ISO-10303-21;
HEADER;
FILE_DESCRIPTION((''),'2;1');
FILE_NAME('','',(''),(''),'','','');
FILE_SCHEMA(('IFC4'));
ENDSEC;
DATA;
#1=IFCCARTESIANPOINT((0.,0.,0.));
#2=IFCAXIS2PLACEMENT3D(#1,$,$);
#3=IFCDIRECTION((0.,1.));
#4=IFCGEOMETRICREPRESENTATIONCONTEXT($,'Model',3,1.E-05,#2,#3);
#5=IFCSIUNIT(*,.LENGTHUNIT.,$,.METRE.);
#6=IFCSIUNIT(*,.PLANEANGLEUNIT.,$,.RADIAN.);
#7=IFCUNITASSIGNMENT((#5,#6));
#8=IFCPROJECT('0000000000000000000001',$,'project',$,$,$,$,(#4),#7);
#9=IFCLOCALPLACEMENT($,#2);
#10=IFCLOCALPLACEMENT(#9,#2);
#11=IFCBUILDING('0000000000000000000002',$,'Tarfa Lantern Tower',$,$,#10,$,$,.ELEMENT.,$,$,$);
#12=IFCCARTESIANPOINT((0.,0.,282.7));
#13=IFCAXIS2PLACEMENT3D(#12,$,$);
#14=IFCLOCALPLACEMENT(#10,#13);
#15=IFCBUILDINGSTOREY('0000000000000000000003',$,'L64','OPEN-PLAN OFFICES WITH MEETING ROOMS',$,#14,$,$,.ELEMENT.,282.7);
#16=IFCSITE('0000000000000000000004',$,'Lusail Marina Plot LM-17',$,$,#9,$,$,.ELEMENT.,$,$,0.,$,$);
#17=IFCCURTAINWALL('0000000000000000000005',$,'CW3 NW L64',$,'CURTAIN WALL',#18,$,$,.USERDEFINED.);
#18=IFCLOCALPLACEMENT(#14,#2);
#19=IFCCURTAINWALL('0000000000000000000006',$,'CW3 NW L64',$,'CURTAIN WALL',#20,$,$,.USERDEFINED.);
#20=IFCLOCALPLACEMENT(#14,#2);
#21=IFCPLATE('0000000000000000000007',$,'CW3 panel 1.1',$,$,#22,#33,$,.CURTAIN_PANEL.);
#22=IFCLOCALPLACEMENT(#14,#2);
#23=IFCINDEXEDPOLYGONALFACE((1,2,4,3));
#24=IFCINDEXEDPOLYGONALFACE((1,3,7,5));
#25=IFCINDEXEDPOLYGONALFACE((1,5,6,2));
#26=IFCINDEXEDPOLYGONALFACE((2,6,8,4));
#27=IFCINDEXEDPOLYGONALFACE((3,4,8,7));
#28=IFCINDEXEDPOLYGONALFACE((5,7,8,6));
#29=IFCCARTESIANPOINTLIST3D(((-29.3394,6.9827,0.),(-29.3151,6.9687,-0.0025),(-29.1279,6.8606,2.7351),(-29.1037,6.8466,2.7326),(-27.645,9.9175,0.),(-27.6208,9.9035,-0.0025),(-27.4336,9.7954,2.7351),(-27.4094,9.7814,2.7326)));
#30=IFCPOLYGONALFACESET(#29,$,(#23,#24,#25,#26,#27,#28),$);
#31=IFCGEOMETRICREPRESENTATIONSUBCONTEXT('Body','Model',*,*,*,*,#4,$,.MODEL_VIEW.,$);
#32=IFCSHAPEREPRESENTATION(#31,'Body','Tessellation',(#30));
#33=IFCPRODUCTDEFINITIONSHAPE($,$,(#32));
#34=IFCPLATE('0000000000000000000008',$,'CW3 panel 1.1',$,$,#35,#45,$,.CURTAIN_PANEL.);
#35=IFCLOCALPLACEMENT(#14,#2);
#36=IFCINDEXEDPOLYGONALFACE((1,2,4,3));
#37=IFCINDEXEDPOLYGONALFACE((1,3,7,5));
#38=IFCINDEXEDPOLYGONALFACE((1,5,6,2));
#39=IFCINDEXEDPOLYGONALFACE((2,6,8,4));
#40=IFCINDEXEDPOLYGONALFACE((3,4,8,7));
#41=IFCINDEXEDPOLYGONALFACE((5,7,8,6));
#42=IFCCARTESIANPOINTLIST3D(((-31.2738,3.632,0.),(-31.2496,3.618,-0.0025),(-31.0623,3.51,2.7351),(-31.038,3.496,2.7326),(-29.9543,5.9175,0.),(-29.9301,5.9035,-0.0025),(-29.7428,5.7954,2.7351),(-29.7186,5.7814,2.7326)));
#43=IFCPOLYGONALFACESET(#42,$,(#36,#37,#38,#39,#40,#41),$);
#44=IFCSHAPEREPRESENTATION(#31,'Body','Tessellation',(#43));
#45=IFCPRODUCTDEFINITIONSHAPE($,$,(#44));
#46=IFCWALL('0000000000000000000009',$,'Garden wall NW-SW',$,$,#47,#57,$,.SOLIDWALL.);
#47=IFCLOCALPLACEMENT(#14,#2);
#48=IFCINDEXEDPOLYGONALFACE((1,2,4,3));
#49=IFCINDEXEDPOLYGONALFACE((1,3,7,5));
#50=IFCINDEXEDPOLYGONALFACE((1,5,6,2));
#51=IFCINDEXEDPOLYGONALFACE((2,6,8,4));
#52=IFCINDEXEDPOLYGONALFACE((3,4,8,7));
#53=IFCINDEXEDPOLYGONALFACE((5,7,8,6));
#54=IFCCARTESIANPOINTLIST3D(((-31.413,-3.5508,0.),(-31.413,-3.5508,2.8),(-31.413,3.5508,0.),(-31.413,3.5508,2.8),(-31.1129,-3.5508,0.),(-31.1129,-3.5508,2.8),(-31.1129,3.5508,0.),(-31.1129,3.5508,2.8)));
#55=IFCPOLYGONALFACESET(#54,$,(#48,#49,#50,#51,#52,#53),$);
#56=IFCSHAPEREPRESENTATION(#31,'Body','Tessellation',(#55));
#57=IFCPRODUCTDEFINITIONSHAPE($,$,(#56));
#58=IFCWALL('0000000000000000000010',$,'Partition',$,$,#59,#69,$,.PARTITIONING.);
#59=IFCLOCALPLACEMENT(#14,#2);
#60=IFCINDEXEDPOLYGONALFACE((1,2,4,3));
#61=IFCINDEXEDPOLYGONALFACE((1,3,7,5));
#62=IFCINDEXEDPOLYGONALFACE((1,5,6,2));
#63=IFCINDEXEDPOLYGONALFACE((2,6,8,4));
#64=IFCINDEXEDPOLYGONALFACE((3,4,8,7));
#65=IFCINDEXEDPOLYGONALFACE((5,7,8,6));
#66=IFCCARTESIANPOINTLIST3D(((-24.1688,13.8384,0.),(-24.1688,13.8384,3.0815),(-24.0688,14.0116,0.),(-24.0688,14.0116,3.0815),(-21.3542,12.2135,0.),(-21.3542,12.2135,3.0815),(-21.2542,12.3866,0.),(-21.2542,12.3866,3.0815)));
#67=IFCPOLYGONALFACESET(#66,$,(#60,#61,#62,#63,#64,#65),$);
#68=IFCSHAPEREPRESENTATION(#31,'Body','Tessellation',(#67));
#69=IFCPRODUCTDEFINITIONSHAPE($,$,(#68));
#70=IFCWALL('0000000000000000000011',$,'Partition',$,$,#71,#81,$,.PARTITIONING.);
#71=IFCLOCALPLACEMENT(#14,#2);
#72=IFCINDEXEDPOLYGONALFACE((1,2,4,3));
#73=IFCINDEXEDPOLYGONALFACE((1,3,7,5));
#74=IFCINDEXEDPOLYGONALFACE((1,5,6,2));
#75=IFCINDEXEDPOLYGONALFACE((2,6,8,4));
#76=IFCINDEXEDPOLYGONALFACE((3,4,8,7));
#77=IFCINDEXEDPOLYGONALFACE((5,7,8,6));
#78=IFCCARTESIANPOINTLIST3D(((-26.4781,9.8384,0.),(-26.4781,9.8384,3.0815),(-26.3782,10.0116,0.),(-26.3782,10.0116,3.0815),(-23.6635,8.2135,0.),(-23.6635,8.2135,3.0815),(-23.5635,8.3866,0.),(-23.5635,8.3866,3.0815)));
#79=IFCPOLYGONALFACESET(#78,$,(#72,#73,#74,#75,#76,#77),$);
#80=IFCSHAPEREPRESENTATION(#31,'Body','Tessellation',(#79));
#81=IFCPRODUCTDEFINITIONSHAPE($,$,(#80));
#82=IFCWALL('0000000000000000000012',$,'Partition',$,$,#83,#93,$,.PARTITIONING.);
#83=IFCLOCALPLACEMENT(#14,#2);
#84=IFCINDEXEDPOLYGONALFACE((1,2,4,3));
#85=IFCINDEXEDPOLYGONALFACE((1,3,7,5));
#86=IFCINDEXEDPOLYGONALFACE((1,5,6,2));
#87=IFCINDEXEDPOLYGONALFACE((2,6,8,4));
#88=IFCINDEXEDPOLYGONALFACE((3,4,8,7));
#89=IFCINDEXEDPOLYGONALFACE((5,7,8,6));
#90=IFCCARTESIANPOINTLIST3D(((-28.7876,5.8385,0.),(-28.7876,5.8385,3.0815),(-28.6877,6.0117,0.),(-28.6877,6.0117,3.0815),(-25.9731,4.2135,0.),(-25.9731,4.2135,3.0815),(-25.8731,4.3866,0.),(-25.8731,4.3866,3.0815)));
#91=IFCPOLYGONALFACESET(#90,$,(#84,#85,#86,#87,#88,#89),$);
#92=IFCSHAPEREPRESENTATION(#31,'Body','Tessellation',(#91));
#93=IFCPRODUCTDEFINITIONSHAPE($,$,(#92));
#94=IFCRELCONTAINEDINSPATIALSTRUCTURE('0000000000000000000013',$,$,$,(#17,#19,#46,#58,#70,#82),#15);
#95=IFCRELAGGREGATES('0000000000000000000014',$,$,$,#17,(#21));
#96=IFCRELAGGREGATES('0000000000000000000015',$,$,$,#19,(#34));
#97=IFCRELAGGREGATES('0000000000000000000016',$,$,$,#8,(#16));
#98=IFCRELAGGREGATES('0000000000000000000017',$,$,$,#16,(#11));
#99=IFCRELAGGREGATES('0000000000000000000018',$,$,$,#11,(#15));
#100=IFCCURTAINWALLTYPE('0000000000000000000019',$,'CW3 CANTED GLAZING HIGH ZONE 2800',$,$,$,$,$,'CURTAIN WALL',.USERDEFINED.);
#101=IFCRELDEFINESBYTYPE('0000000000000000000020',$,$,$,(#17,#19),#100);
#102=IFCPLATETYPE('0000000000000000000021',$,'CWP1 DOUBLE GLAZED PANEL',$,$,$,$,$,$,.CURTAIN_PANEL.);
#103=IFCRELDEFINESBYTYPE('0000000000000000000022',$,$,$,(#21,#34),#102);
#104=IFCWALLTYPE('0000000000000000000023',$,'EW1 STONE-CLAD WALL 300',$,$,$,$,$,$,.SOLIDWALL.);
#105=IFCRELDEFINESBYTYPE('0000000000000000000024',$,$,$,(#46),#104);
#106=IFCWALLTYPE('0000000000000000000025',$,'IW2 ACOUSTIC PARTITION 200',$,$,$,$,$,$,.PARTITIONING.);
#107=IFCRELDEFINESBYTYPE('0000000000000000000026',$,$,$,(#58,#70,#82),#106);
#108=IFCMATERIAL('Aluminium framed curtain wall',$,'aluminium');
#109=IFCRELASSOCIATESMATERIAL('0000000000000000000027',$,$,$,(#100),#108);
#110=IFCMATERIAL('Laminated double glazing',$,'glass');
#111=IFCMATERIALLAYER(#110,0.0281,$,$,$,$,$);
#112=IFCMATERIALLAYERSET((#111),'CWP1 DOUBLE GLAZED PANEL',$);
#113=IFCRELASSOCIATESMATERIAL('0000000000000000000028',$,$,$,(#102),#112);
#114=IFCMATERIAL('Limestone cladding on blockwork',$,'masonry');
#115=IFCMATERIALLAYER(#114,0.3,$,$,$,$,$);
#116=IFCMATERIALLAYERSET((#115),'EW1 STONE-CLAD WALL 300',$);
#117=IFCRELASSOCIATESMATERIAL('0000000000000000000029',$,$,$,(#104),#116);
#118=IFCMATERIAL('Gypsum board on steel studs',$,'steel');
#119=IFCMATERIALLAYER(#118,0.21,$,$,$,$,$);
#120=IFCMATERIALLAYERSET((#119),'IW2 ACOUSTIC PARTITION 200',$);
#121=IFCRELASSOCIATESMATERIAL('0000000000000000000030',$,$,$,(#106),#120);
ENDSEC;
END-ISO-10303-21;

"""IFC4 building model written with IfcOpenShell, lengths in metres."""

from ifc_helpers import new_model, si_unit, direction, frame, frame_2d, origin, place, context, subcontext, project, spatial, polyline, rectangle, outline, extrude, material, layer, layer_set, type_object, element, aggregate, save


model = new_model("IFC4")

# Units and contexts
model_context = context("Model", 3, precision=1e-05, world=origin(), true_north=direction((0.0, 1.0)))
body_context = subcontext(model_context, "Body", "Model", "MODEL_VIEW")
ifc_project = project(units=[si_unit("LENGTHUNIT", "METRE"), si_unit("PLANEANGLEUNIT", "RADIAN")], contexts=[model_context])

# Site, building, storey
site_placement = place(None, origin())
site = spatial("IfcSite", under=ifc_project, at=site_placement, Name="Lusail Marina Plot LM-17", CompositionType="ELEMENT", RefElevation=0.0)
building_placement = place(site_placement, origin())
building = spatial("IfcBuilding", under=site, at=building_placement, Name="Tarfa Lantern Tower", CompositionType="ELEMENT")
storey_placement = place(building_placement, frame((0.0, 0.0, 282.7)))
storey = spatial("IfcBuildingStorey", under=building, at=storey_placement, Name="L64", Description="OPEN-PLAN OFFICES WITH MEETING ROOMS", CompositionType="ELEMENT", Elevation=282.7)

# Shared definitions
ifc_material_1 = material(Name="Aluminium framed curtain wall", Category="aluminium")
curtain_wall_type = type_object("IfcCurtainWallType", Name="CW3 CANTED GLAZING HIGH ZONE 2800", ElementType="CURTAIN WALL", PredefinedType="USERDEFINED", material=ifc_material_1)

# Curtain walls
curtain_wall_1_placement = place(storey_placement, origin())
curtain_wall_1 = element("IfcCurtainWall", 1, at=curtain_wall_1_placement, inside=storey, type_object=curtain_wall_type, Name="CW3 NW L64", ObjectType="CURTAIN WALL", PredefinedType="USERDEFINED")
curtain_wall_2_placement = place(storey_placement, origin())
curtain_wall_2 = element("IfcCurtainWall", 2, at=curtain_wall_2_placement, inside=storey, type_object=curtain_wall_type, Name="CW3 NW L64", ObjectType="CURTAIN WALL", PredefinedType="USERDEFINED")

# Plates
ifc_material_2 = material(Name="Laminated double glazing", Category="glass")
ifc_layer_1 = layer(ifc_material_2, 0.0281)
ifc_layer_set_1 = layer_set([ifc_layer_1], Name="CWP1 DOUBLE GLAZED PANEL")
plate_type = type_object("IfcPlateType", Name="CWP1 DOUBLE GLAZED PANEL", PredefinedType="CURTAIN_PANEL", material=ifc_layer_set_1)
plate_1_placement = place(storey_placement, frame((-27.645, 9.9175, 0.0), z_axis=(-0.862606, 0.498002, 0.088906), x_axis=(-0.499982, -0.866036, 0.0)))
plate_1 = element("IfcPlate", 3, at=plate_1_placement, type_object=plate_type, Name="CW3 panel 1.1", PredefinedType="CURTAIN_PANEL", context=body_context, shape_type="SweptSolid", body=[
    extrude(outline(polyline([(0.0, 0.0), (3.3888, 0.0), (3.3888, 2.746), (0.0, 2.746), (0.0, 0.0)])), origin(), (0.0, 0.0, -1.0), 0.0281),
])
aggregate(curtain_wall_1, [plate_1])
plate_2_placement = place(storey_placement, frame((-29.9543, 5.9175, 0.0), z_axis=(-0.862596, 0.498013, 0.088945), x_axis=(-0.499995, -0.866028, -0.000004)))
plate_2 = element("IfcPlate", 4, at=plate_2_placement, type_object=plate_type, Name="CW3 panel 1.1", PredefinedType="CURTAIN_PANEL", context=body_context, shape_type="SweptSolid", body=[
    extrude(outline(polyline([(0.0, 0.0), (2.639, 0.0), (2.6389, 2.746), (0.0, 2.746), (0.0, 0.0)])), origin(), (0.0, 0.0, -1.0), 0.0281),
])
aggregate(curtain_wall_2, [plate_2])

# Walls
ifc_material_3 = material(Name="Limestone cladding on blockwork", Category="masonry")
ifc_layer_2 = layer(ifc_material_3, 0.3)
ifc_layer_set_2 = layer_set([ifc_layer_2], Name="EW1 STONE-CLAD WALL 300")
wall_type_1 = type_object("IfcWallType", Name="EW1 STONE-CLAD WALL 300", PredefinedType="SOLIDWALL", material=ifc_layer_set_2)
wall_placement = place(storey_placement, frame((-31.2629, 3.5508, 0.0), z_axis=(0.0, 0.0, 1.0), x_axis=(0.0, -1.0, 0.0)))
element("IfcWall", 5, at=wall_placement, inside=storey, type_object=wall_type_1, Name="Garden wall NW-SW", PredefinedType="SOLIDWALL", context=body_context, shape_type="SweptSolid", body=[
    extrude(rectangle(XDim=7.1016, YDim=0.3, at=frame_2d((3.5508, 0.0))), origin(), (0.0, 0.0, 1.0), 2.8),
])
ifc_material_4 = material(Name="Gypsum board on steel studs", Category="steel")
ifc_layer_3 = layer(ifc_material_4, 0.21)
ifc_layer_set_3 = layer_set([ifc_layer_3], Name="IW2 ACOUSTIC PARTITION 200")
wall_type_2 = type_object("IfcWallType", Name="IW2 ACOUSTIC PARTITION 200", PredefinedType="PARTITIONING", material=ifc_layer_set_3)
for number, where, z_axis, x_axis, name in (
    (6, (-21.3042, 12.3, 0.0), (0.0, 0.0, 1.0), (-0.866034, 0.499985, 0.0), "Partition"),
    (7, (-23.6135, 8.3, 0.0), (0.0, 0.0, 1.0), (-0.866034, 0.499985, 0.0), "Partition"),
    (8, (-25.9231, 4.3, 0.0), (0.0, 0.0, 1.0), (-0.866015, 0.500017, 0.0), "Partition"),
):
    element("IfcWall", number, at=place(storey_placement, frame(where, z_axis=z_axis, x_axis=x_axis)), inside=storey, type_object=wall_type_2, Name=name, PredefinedType="PARTITIONING", context=body_context, shape_type="SweptSolid", body=[
        extrude(rectangle(XDim=3.25, YDim=0.2, at=frame_2d((1.625, 0.0))), origin(), (0.0, 0.0, 1.0), 3.0815),
    ])

save(model, "model.ifc")
